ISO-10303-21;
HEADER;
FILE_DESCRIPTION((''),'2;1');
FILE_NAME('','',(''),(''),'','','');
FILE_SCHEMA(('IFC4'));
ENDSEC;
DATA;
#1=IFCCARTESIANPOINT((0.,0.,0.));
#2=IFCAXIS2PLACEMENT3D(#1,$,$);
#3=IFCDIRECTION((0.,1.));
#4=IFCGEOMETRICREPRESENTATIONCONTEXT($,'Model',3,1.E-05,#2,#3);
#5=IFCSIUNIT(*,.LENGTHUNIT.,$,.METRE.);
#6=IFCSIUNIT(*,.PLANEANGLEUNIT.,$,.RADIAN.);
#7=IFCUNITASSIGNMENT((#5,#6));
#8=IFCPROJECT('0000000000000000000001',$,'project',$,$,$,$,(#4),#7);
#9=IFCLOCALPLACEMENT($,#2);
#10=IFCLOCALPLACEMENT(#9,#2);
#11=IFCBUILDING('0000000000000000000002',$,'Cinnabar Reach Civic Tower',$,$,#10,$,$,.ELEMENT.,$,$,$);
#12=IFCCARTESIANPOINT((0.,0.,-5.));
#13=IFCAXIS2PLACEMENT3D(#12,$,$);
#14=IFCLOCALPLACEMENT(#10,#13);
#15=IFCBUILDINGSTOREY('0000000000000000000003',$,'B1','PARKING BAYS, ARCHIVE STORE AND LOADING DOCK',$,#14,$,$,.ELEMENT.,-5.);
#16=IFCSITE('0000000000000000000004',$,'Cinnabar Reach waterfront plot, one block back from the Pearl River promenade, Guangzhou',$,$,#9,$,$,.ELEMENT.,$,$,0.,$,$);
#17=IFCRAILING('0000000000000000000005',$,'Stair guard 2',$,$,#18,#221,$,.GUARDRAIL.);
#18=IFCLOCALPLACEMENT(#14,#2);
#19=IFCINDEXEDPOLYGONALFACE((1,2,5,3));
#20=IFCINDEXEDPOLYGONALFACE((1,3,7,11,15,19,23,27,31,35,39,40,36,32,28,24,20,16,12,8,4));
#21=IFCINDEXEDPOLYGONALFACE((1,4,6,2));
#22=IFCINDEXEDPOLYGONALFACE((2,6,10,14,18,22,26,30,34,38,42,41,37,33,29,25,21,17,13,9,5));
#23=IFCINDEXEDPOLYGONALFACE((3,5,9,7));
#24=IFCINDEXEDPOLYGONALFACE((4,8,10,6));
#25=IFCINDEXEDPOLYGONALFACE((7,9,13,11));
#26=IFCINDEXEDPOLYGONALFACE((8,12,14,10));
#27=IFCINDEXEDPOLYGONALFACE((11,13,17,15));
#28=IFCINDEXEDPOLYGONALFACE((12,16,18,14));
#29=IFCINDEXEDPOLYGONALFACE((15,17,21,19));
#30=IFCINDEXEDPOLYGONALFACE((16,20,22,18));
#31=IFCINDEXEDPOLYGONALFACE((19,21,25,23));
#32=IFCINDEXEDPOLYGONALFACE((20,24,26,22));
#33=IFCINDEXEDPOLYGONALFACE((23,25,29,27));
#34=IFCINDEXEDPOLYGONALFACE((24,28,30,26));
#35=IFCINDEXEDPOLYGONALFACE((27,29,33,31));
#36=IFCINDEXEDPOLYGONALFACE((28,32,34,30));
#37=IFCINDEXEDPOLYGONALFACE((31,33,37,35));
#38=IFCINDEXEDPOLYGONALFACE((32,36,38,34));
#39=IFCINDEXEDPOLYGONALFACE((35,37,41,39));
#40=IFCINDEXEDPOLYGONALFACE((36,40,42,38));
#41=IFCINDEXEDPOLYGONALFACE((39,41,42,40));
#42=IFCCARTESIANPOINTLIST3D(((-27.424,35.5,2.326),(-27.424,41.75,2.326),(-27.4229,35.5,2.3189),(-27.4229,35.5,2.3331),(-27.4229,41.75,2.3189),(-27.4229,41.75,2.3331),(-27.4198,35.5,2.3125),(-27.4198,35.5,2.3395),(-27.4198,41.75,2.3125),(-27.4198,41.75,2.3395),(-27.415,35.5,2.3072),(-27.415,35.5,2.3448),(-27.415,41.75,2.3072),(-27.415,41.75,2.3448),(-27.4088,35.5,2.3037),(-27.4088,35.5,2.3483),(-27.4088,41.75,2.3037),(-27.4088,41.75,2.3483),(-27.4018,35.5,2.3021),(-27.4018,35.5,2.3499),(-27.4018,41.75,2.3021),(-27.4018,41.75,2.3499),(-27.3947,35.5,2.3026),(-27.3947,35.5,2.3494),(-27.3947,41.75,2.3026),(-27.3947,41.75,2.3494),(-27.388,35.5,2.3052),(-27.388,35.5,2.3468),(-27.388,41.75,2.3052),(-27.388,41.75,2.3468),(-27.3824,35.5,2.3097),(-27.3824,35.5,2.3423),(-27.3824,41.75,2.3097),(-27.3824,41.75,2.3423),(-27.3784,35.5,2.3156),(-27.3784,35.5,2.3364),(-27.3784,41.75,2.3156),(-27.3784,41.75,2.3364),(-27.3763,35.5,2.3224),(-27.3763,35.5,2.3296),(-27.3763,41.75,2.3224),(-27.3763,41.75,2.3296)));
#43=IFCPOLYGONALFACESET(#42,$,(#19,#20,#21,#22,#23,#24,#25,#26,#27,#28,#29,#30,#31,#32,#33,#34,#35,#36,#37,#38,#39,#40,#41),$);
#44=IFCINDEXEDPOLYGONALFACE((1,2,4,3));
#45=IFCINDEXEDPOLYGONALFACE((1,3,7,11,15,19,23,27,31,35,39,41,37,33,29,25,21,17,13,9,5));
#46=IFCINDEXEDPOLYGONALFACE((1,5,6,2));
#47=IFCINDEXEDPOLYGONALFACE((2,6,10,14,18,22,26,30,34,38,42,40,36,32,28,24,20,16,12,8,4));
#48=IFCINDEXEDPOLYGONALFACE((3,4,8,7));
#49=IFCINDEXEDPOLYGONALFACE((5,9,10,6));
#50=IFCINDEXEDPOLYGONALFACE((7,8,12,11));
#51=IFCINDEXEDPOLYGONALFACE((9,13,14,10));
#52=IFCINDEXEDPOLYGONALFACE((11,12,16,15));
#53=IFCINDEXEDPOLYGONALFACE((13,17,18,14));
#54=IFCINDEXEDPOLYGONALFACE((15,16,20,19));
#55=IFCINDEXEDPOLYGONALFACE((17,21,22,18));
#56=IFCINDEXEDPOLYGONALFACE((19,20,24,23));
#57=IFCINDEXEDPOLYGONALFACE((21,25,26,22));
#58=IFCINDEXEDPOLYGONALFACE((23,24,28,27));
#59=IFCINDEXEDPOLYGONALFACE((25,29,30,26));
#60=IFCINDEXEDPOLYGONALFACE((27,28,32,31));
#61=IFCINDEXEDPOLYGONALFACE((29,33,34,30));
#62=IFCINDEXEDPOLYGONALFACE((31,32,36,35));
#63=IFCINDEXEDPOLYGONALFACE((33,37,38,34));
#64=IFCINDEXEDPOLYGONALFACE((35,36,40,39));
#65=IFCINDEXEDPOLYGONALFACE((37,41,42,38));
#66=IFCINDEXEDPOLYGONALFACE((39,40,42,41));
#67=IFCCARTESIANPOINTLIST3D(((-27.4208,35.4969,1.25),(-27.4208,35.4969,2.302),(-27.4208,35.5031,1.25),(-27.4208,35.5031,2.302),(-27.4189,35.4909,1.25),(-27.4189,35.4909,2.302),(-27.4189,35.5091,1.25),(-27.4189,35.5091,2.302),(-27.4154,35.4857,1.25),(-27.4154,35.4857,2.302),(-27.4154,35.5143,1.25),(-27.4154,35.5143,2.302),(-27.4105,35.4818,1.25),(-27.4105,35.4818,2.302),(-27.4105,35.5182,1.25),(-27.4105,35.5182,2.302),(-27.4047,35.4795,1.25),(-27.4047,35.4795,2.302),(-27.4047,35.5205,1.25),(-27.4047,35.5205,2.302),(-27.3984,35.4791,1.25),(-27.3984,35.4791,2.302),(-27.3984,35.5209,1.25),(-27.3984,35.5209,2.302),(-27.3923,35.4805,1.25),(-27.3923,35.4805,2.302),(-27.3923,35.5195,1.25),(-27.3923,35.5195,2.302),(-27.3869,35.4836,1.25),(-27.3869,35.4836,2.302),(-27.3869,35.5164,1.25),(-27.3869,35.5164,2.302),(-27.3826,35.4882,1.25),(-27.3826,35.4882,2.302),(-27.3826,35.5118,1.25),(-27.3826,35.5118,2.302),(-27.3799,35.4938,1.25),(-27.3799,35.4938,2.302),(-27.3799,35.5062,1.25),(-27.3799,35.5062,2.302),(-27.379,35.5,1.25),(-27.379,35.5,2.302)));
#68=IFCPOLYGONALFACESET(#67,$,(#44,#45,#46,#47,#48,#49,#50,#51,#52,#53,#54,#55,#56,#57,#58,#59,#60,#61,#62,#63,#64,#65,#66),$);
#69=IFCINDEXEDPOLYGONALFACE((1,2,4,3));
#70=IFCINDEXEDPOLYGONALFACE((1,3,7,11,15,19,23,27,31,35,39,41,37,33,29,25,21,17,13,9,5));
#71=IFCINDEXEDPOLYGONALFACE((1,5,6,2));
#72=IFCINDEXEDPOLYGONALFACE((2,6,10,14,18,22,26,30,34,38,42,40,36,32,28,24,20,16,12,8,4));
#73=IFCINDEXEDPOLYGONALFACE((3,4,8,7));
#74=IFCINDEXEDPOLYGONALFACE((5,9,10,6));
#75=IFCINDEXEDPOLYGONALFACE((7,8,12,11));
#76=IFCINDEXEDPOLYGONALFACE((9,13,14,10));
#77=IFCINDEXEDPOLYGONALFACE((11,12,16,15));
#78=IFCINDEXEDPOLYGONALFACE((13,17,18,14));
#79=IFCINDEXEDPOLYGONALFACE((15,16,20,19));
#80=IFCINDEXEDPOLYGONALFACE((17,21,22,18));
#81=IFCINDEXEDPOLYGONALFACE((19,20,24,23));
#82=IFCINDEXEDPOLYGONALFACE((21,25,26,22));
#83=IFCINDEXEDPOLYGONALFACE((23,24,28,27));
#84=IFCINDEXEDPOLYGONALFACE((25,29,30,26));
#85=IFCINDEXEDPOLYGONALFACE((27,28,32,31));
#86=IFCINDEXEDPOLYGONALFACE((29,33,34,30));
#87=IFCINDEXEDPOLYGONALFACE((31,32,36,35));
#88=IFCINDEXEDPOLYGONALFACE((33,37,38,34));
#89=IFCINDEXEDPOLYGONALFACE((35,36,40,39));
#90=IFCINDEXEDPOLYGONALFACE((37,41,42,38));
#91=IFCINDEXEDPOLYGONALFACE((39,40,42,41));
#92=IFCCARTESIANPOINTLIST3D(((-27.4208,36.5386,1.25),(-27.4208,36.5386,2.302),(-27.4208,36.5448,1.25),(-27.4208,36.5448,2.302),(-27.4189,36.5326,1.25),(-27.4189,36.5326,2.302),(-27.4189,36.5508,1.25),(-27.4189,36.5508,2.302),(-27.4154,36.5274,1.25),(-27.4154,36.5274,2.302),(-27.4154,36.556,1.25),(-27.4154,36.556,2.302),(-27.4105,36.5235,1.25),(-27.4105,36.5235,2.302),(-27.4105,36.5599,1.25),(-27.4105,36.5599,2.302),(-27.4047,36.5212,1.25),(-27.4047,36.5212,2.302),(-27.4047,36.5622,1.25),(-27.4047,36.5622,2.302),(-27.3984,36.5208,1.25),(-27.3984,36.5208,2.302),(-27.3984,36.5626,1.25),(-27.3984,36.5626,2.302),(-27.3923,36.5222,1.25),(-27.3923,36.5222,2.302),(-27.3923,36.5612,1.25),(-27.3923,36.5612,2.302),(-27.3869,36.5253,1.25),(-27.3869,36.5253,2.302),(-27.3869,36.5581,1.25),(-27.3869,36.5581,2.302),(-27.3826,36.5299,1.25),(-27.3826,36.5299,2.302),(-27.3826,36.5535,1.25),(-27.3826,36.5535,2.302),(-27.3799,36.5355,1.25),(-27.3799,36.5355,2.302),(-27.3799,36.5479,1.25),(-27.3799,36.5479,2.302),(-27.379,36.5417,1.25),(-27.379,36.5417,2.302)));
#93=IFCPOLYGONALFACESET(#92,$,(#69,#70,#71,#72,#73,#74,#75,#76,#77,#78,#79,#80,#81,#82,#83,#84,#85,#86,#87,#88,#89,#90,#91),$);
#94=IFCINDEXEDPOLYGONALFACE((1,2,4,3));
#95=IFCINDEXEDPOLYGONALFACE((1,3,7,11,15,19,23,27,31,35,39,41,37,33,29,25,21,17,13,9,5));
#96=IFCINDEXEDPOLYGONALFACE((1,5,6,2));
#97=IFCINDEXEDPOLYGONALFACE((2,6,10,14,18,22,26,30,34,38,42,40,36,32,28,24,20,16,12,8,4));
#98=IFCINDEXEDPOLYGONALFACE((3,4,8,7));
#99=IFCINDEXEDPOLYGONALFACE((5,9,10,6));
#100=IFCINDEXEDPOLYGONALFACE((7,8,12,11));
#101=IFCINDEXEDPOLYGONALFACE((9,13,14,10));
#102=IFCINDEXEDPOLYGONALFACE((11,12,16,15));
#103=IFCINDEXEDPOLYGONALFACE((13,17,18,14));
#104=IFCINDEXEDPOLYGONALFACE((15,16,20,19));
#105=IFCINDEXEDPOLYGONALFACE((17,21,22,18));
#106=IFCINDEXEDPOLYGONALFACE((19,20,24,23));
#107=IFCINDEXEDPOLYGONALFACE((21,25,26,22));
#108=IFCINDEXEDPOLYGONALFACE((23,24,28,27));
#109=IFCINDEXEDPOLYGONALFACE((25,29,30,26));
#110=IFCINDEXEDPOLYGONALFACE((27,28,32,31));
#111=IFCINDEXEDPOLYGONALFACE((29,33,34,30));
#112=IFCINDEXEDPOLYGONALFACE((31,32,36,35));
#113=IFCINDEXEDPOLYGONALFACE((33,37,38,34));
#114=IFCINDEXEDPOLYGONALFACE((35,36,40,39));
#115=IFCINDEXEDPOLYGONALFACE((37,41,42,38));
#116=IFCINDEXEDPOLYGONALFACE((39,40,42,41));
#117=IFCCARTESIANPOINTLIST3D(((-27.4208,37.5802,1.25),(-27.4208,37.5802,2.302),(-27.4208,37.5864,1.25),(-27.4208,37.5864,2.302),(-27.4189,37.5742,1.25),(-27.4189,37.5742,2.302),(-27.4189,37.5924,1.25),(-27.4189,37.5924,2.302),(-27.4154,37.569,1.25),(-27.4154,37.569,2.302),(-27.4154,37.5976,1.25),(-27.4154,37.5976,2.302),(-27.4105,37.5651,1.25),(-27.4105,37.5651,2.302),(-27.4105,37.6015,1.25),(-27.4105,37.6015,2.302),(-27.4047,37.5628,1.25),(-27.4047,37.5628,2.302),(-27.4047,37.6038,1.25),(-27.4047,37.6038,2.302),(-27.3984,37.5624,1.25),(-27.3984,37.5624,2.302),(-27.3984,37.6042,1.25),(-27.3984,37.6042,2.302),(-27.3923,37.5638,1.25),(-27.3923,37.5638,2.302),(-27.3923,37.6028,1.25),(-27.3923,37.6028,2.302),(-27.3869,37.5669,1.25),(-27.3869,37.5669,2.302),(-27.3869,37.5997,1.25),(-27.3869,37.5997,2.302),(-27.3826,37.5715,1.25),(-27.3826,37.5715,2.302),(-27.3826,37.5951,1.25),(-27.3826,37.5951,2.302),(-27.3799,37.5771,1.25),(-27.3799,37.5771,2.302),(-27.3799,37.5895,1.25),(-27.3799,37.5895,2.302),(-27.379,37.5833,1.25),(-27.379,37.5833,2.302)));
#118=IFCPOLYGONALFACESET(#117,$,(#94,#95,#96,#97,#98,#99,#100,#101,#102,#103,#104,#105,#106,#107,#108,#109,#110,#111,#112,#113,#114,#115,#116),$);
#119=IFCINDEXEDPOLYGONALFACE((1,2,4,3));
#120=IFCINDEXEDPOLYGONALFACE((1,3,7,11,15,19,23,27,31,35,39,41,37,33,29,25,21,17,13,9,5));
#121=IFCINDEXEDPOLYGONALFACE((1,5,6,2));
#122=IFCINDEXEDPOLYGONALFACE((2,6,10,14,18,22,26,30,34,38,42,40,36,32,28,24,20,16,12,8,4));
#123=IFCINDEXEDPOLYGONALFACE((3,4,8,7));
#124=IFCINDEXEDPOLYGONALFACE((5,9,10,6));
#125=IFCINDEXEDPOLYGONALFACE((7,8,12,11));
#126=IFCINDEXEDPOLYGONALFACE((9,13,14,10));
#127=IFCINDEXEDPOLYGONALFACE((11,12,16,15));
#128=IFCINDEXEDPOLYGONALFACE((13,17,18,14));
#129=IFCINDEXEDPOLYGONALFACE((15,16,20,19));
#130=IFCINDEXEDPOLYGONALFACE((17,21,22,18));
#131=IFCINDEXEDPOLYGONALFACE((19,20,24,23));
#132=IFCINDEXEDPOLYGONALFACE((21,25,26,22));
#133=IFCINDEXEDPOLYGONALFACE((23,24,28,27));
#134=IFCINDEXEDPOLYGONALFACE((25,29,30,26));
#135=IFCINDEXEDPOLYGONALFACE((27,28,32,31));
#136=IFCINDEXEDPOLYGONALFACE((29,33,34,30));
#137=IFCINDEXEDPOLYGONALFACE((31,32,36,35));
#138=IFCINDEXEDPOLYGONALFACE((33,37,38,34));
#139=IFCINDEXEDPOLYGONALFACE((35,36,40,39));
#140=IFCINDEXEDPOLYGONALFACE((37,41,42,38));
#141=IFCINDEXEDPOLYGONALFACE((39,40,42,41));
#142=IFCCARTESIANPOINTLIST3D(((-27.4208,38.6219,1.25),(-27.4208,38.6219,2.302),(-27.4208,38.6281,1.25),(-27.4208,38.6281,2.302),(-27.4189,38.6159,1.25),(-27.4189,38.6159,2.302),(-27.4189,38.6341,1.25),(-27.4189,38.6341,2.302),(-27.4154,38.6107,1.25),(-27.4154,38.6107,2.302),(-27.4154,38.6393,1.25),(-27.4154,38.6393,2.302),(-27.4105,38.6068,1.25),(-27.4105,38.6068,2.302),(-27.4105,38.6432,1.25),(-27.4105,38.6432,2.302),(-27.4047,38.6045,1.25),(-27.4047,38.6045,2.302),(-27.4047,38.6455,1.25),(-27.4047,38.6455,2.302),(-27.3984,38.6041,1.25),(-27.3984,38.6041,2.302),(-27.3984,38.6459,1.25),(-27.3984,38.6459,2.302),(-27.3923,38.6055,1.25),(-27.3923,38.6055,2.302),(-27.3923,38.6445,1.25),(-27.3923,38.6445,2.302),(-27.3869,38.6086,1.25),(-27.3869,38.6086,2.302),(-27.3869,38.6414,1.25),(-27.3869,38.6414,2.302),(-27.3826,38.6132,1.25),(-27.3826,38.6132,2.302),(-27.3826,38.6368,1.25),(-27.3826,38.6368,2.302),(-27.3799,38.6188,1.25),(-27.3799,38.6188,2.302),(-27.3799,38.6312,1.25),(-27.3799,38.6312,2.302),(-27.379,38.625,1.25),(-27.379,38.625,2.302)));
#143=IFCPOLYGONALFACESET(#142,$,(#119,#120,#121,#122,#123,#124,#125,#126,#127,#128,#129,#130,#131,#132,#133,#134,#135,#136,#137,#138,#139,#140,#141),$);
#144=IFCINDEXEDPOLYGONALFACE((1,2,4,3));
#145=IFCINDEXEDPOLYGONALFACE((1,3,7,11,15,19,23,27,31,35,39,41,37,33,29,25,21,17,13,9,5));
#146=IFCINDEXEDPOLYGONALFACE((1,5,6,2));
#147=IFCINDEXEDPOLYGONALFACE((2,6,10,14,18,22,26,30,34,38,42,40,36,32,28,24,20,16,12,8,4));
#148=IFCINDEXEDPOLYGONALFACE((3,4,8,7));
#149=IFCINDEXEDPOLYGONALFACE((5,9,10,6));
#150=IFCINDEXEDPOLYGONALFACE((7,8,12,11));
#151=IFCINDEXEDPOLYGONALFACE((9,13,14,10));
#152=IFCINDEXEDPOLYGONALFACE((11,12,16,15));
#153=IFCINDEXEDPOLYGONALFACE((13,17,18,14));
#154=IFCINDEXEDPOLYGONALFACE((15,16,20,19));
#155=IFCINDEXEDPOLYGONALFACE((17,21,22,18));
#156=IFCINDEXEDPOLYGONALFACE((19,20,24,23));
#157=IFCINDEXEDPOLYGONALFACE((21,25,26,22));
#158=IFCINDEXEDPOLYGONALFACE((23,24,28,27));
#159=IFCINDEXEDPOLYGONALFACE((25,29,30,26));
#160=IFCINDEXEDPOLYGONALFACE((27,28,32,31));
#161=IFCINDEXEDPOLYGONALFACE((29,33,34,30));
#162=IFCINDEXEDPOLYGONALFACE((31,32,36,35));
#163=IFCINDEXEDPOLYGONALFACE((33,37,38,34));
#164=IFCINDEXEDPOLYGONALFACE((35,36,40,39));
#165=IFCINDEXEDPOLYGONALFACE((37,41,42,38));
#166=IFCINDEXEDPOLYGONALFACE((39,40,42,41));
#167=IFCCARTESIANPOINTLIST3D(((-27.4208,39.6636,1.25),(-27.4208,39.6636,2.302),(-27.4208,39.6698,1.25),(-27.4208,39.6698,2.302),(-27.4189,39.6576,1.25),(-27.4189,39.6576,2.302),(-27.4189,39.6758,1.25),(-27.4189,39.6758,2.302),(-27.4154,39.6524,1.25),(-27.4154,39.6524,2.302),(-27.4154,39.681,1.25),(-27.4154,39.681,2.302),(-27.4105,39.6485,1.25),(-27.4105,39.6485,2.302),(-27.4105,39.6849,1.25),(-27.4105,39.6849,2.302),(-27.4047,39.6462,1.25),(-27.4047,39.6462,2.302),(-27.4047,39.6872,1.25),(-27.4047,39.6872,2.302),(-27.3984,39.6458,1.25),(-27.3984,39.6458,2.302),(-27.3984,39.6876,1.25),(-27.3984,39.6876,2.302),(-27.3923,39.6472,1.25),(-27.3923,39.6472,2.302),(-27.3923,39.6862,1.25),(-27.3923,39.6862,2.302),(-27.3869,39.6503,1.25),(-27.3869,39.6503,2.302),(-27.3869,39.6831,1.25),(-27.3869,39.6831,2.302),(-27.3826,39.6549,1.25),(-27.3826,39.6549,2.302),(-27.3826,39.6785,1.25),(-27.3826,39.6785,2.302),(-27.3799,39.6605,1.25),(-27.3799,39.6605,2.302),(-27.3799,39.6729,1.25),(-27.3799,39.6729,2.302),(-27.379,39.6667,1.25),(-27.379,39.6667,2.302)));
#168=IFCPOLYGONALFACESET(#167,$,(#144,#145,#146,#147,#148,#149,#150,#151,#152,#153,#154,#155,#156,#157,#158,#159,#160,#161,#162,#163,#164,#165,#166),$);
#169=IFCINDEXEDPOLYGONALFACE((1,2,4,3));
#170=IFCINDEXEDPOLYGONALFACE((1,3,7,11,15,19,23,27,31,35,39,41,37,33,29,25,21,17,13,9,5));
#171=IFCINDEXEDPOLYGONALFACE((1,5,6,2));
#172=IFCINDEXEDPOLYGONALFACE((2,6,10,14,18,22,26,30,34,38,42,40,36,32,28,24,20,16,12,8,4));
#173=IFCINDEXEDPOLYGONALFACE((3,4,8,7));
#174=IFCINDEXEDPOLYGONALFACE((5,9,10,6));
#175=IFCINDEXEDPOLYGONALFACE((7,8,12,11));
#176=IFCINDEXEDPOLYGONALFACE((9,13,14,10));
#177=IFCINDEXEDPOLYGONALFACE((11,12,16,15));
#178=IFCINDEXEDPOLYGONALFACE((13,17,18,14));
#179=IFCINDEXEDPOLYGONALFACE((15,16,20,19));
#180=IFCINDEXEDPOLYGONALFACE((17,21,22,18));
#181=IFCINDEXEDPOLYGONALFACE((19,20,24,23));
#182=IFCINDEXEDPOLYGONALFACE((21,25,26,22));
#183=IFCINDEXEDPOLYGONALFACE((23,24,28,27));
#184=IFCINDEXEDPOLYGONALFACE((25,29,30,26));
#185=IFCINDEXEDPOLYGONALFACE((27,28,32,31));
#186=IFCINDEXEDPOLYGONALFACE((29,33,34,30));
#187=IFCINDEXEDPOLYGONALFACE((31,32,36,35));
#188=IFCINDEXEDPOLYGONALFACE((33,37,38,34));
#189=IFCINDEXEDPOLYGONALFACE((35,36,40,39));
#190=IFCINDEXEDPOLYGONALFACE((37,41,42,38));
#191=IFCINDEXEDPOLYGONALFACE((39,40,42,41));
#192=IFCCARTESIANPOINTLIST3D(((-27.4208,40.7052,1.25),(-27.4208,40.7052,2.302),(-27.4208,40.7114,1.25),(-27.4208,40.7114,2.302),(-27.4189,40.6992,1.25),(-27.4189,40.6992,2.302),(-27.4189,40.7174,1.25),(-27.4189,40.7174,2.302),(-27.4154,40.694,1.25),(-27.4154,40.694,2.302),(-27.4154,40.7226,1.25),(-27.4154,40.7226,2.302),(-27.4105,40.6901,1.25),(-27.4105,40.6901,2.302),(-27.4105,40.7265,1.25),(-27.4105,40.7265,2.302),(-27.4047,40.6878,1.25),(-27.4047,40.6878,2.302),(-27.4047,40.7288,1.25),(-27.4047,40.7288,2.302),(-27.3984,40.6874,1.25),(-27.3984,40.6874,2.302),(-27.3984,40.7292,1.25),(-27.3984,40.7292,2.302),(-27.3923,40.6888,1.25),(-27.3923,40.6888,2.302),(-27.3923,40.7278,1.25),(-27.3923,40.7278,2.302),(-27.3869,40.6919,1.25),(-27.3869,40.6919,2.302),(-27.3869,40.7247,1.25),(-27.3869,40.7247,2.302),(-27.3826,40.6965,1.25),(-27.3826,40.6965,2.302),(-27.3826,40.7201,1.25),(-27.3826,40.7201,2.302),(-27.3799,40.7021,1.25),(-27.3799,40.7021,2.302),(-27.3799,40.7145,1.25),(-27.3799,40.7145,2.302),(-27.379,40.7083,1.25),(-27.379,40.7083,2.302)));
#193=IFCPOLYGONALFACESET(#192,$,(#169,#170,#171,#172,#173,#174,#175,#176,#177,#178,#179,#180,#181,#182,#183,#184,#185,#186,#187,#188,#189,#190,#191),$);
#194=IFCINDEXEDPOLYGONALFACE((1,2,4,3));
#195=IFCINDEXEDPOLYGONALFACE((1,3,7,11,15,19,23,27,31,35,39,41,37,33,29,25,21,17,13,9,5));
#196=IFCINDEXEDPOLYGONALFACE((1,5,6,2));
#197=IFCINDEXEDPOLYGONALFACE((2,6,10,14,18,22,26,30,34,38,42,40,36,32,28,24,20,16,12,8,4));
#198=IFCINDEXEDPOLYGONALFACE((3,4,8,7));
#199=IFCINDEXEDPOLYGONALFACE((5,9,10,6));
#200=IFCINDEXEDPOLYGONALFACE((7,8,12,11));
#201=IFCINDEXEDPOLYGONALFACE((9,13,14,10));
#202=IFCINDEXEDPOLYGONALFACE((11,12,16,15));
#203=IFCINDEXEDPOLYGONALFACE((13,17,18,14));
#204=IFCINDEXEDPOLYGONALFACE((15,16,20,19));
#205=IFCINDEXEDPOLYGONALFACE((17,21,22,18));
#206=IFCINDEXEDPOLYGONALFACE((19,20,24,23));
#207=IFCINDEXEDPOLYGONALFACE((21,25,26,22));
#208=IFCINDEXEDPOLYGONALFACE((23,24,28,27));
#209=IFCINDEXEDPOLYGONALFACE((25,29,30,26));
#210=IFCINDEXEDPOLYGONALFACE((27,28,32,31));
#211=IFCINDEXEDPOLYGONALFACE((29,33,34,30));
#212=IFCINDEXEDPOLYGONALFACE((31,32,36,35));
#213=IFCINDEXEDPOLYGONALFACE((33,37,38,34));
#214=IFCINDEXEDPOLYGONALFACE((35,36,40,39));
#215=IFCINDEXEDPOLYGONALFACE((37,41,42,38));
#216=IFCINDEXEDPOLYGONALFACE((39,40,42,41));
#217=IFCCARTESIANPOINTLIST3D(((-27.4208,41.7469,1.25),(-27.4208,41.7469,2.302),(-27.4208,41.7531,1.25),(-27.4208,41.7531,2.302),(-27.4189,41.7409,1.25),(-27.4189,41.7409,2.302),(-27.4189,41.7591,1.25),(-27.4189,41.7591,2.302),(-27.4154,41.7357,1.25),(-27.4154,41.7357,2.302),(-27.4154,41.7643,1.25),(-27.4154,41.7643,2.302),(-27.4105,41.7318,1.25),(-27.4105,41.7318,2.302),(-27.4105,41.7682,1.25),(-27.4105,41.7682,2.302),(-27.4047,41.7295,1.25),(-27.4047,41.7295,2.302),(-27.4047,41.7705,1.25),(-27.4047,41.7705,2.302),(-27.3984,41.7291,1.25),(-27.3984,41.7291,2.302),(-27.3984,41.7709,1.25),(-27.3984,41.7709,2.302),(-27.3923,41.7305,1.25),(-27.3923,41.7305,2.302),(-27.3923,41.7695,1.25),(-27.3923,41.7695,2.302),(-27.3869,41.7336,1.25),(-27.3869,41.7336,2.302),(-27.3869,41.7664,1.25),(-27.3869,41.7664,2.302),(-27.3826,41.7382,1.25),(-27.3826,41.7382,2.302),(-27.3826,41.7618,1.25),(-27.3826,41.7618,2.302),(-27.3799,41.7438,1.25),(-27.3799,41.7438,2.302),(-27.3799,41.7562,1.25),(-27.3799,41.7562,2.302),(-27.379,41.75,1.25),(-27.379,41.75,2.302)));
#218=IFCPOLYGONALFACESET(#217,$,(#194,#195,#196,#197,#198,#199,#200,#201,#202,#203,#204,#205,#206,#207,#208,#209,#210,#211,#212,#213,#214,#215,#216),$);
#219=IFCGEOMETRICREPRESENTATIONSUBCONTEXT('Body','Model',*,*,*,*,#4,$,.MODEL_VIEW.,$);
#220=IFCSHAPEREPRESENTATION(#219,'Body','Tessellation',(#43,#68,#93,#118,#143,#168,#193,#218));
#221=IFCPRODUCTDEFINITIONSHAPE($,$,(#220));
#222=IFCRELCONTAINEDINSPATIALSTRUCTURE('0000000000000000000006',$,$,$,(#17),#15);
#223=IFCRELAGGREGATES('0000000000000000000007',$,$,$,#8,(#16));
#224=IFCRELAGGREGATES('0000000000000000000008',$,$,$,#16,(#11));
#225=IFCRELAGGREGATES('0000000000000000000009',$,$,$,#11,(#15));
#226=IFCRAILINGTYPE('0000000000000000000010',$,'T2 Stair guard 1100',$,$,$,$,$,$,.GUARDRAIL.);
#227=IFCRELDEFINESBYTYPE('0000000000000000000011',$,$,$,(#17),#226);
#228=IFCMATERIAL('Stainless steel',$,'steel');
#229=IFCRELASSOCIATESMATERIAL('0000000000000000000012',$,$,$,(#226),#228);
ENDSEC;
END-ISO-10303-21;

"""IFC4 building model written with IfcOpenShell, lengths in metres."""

from ifc_helpers import new_model, si_unit, direction, frame, origin, origin_2d, place, context, subcontext, project, spatial, circle, extrude, material, type_object, element, save


model = new_model("IFC4")

# Units and contexts
model_context = context("Model", 3, precision=1e-05, world=origin(), true_north=direction((0.0, 1.0)))
body_context = subcontext(model_context, "Body", "Model", "MODEL_VIEW")
ifc_project = project(units=[si_unit("LENGTHUNIT", "METRE"), si_unit("PLANEANGLEUNIT", "RADIAN")], contexts=[model_context])

# Site, building, storey
site_placement = place(None, origin())
site = spatial("IfcSite", under=ifc_project, at=site_placement, Name="Cinnabar Reach waterfront plot, one block back from the Pearl River promenade, Guangzhou", CompositionType="ELEMENT", RefElevation=0.0)
building_placement = place(site_placement, origin())
building = spatial("IfcBuilding", under=site, at=building_placement, Name="Cinnabar Reach Civic Tower", CompositionType="ELEMENT")
storey_placement = place(building_placement, frame((0.0, 0.0, -5.0)))
storey = spatial("IfcBuildingStorey", under=building, at=storey_placement, Name="B1", Description="PARKING BAYS, ARCHIVE STORE AND LOADING DOCK", CompositionType="ELEMENT", Elevation=-5.0)

# Railing
ifc_material_1 = material(Name="Stainless steel", Category="steel")
railing_type = type_object("IfcRailingType", Name="T2 Stair guard 1100", PredefinedType="GUARDRAIL", material=ifc_material_1)
for number, where, name in (
    (1, (-27.4, 35.5, 1.25), "Stair guard 2"),
):
    element("IfcRailing", number, at=place(storey_placement, frame(where)), inside=storey, type_object=railing_type, Name=name, PredefinedType="GUARDRAIL", context=body_context, shape_type="SweptSolid", body=[
        extrude(circle(Radius=0.024, at=origin_2d()), frame((0.0, 0.0, 1.076), z_axis=(0.0, 1.0, 0.0), x_axis=(-1.0, 0.0, 0.0)), (0.0, 0.0, 1.0), 6.25),
        extrude(circle(Radius=0.021, at=origin_2d()), origin(), (0.0, 0.0, 1.0), 1.052),
        extrude(circle(Radius=0.021, at=origin_2d()), frame((0.0, 1.0417, 0.0)), (0.0, 0.0, 1.0), 1.052),
        extrude(circle(Radius=0.021, at=origin_2d()), frame((0.0, 2.0833, 0.0)), (0.0, 0.0, 1.0), 1.052),
        extrude(circle(Radius=0.021, at=origin_2d()), frame((0.0, 3.125, 0.0)), (0.0, 0.0, 1.0), 1.052),
        extrude(circle(Radius=0.021, at=origin_2d()), frame((0.0, 4.1667, 0.0)), (0.0, 0.0, 1.0), 1.052),
        extrude(circle(Radius=0.021, at=origin_2d()), frame((0.0, 5.2083, 0.0)), (0.0, 0.0, 1.0), 1.052),
        extrude(circle(Radius=0.021, at=origin_2d()), frame((0.0, 6.25, 0.0)), (0.0, 0.0, 1.0), 1.052),
    ])

save(model, "model.ifc")
